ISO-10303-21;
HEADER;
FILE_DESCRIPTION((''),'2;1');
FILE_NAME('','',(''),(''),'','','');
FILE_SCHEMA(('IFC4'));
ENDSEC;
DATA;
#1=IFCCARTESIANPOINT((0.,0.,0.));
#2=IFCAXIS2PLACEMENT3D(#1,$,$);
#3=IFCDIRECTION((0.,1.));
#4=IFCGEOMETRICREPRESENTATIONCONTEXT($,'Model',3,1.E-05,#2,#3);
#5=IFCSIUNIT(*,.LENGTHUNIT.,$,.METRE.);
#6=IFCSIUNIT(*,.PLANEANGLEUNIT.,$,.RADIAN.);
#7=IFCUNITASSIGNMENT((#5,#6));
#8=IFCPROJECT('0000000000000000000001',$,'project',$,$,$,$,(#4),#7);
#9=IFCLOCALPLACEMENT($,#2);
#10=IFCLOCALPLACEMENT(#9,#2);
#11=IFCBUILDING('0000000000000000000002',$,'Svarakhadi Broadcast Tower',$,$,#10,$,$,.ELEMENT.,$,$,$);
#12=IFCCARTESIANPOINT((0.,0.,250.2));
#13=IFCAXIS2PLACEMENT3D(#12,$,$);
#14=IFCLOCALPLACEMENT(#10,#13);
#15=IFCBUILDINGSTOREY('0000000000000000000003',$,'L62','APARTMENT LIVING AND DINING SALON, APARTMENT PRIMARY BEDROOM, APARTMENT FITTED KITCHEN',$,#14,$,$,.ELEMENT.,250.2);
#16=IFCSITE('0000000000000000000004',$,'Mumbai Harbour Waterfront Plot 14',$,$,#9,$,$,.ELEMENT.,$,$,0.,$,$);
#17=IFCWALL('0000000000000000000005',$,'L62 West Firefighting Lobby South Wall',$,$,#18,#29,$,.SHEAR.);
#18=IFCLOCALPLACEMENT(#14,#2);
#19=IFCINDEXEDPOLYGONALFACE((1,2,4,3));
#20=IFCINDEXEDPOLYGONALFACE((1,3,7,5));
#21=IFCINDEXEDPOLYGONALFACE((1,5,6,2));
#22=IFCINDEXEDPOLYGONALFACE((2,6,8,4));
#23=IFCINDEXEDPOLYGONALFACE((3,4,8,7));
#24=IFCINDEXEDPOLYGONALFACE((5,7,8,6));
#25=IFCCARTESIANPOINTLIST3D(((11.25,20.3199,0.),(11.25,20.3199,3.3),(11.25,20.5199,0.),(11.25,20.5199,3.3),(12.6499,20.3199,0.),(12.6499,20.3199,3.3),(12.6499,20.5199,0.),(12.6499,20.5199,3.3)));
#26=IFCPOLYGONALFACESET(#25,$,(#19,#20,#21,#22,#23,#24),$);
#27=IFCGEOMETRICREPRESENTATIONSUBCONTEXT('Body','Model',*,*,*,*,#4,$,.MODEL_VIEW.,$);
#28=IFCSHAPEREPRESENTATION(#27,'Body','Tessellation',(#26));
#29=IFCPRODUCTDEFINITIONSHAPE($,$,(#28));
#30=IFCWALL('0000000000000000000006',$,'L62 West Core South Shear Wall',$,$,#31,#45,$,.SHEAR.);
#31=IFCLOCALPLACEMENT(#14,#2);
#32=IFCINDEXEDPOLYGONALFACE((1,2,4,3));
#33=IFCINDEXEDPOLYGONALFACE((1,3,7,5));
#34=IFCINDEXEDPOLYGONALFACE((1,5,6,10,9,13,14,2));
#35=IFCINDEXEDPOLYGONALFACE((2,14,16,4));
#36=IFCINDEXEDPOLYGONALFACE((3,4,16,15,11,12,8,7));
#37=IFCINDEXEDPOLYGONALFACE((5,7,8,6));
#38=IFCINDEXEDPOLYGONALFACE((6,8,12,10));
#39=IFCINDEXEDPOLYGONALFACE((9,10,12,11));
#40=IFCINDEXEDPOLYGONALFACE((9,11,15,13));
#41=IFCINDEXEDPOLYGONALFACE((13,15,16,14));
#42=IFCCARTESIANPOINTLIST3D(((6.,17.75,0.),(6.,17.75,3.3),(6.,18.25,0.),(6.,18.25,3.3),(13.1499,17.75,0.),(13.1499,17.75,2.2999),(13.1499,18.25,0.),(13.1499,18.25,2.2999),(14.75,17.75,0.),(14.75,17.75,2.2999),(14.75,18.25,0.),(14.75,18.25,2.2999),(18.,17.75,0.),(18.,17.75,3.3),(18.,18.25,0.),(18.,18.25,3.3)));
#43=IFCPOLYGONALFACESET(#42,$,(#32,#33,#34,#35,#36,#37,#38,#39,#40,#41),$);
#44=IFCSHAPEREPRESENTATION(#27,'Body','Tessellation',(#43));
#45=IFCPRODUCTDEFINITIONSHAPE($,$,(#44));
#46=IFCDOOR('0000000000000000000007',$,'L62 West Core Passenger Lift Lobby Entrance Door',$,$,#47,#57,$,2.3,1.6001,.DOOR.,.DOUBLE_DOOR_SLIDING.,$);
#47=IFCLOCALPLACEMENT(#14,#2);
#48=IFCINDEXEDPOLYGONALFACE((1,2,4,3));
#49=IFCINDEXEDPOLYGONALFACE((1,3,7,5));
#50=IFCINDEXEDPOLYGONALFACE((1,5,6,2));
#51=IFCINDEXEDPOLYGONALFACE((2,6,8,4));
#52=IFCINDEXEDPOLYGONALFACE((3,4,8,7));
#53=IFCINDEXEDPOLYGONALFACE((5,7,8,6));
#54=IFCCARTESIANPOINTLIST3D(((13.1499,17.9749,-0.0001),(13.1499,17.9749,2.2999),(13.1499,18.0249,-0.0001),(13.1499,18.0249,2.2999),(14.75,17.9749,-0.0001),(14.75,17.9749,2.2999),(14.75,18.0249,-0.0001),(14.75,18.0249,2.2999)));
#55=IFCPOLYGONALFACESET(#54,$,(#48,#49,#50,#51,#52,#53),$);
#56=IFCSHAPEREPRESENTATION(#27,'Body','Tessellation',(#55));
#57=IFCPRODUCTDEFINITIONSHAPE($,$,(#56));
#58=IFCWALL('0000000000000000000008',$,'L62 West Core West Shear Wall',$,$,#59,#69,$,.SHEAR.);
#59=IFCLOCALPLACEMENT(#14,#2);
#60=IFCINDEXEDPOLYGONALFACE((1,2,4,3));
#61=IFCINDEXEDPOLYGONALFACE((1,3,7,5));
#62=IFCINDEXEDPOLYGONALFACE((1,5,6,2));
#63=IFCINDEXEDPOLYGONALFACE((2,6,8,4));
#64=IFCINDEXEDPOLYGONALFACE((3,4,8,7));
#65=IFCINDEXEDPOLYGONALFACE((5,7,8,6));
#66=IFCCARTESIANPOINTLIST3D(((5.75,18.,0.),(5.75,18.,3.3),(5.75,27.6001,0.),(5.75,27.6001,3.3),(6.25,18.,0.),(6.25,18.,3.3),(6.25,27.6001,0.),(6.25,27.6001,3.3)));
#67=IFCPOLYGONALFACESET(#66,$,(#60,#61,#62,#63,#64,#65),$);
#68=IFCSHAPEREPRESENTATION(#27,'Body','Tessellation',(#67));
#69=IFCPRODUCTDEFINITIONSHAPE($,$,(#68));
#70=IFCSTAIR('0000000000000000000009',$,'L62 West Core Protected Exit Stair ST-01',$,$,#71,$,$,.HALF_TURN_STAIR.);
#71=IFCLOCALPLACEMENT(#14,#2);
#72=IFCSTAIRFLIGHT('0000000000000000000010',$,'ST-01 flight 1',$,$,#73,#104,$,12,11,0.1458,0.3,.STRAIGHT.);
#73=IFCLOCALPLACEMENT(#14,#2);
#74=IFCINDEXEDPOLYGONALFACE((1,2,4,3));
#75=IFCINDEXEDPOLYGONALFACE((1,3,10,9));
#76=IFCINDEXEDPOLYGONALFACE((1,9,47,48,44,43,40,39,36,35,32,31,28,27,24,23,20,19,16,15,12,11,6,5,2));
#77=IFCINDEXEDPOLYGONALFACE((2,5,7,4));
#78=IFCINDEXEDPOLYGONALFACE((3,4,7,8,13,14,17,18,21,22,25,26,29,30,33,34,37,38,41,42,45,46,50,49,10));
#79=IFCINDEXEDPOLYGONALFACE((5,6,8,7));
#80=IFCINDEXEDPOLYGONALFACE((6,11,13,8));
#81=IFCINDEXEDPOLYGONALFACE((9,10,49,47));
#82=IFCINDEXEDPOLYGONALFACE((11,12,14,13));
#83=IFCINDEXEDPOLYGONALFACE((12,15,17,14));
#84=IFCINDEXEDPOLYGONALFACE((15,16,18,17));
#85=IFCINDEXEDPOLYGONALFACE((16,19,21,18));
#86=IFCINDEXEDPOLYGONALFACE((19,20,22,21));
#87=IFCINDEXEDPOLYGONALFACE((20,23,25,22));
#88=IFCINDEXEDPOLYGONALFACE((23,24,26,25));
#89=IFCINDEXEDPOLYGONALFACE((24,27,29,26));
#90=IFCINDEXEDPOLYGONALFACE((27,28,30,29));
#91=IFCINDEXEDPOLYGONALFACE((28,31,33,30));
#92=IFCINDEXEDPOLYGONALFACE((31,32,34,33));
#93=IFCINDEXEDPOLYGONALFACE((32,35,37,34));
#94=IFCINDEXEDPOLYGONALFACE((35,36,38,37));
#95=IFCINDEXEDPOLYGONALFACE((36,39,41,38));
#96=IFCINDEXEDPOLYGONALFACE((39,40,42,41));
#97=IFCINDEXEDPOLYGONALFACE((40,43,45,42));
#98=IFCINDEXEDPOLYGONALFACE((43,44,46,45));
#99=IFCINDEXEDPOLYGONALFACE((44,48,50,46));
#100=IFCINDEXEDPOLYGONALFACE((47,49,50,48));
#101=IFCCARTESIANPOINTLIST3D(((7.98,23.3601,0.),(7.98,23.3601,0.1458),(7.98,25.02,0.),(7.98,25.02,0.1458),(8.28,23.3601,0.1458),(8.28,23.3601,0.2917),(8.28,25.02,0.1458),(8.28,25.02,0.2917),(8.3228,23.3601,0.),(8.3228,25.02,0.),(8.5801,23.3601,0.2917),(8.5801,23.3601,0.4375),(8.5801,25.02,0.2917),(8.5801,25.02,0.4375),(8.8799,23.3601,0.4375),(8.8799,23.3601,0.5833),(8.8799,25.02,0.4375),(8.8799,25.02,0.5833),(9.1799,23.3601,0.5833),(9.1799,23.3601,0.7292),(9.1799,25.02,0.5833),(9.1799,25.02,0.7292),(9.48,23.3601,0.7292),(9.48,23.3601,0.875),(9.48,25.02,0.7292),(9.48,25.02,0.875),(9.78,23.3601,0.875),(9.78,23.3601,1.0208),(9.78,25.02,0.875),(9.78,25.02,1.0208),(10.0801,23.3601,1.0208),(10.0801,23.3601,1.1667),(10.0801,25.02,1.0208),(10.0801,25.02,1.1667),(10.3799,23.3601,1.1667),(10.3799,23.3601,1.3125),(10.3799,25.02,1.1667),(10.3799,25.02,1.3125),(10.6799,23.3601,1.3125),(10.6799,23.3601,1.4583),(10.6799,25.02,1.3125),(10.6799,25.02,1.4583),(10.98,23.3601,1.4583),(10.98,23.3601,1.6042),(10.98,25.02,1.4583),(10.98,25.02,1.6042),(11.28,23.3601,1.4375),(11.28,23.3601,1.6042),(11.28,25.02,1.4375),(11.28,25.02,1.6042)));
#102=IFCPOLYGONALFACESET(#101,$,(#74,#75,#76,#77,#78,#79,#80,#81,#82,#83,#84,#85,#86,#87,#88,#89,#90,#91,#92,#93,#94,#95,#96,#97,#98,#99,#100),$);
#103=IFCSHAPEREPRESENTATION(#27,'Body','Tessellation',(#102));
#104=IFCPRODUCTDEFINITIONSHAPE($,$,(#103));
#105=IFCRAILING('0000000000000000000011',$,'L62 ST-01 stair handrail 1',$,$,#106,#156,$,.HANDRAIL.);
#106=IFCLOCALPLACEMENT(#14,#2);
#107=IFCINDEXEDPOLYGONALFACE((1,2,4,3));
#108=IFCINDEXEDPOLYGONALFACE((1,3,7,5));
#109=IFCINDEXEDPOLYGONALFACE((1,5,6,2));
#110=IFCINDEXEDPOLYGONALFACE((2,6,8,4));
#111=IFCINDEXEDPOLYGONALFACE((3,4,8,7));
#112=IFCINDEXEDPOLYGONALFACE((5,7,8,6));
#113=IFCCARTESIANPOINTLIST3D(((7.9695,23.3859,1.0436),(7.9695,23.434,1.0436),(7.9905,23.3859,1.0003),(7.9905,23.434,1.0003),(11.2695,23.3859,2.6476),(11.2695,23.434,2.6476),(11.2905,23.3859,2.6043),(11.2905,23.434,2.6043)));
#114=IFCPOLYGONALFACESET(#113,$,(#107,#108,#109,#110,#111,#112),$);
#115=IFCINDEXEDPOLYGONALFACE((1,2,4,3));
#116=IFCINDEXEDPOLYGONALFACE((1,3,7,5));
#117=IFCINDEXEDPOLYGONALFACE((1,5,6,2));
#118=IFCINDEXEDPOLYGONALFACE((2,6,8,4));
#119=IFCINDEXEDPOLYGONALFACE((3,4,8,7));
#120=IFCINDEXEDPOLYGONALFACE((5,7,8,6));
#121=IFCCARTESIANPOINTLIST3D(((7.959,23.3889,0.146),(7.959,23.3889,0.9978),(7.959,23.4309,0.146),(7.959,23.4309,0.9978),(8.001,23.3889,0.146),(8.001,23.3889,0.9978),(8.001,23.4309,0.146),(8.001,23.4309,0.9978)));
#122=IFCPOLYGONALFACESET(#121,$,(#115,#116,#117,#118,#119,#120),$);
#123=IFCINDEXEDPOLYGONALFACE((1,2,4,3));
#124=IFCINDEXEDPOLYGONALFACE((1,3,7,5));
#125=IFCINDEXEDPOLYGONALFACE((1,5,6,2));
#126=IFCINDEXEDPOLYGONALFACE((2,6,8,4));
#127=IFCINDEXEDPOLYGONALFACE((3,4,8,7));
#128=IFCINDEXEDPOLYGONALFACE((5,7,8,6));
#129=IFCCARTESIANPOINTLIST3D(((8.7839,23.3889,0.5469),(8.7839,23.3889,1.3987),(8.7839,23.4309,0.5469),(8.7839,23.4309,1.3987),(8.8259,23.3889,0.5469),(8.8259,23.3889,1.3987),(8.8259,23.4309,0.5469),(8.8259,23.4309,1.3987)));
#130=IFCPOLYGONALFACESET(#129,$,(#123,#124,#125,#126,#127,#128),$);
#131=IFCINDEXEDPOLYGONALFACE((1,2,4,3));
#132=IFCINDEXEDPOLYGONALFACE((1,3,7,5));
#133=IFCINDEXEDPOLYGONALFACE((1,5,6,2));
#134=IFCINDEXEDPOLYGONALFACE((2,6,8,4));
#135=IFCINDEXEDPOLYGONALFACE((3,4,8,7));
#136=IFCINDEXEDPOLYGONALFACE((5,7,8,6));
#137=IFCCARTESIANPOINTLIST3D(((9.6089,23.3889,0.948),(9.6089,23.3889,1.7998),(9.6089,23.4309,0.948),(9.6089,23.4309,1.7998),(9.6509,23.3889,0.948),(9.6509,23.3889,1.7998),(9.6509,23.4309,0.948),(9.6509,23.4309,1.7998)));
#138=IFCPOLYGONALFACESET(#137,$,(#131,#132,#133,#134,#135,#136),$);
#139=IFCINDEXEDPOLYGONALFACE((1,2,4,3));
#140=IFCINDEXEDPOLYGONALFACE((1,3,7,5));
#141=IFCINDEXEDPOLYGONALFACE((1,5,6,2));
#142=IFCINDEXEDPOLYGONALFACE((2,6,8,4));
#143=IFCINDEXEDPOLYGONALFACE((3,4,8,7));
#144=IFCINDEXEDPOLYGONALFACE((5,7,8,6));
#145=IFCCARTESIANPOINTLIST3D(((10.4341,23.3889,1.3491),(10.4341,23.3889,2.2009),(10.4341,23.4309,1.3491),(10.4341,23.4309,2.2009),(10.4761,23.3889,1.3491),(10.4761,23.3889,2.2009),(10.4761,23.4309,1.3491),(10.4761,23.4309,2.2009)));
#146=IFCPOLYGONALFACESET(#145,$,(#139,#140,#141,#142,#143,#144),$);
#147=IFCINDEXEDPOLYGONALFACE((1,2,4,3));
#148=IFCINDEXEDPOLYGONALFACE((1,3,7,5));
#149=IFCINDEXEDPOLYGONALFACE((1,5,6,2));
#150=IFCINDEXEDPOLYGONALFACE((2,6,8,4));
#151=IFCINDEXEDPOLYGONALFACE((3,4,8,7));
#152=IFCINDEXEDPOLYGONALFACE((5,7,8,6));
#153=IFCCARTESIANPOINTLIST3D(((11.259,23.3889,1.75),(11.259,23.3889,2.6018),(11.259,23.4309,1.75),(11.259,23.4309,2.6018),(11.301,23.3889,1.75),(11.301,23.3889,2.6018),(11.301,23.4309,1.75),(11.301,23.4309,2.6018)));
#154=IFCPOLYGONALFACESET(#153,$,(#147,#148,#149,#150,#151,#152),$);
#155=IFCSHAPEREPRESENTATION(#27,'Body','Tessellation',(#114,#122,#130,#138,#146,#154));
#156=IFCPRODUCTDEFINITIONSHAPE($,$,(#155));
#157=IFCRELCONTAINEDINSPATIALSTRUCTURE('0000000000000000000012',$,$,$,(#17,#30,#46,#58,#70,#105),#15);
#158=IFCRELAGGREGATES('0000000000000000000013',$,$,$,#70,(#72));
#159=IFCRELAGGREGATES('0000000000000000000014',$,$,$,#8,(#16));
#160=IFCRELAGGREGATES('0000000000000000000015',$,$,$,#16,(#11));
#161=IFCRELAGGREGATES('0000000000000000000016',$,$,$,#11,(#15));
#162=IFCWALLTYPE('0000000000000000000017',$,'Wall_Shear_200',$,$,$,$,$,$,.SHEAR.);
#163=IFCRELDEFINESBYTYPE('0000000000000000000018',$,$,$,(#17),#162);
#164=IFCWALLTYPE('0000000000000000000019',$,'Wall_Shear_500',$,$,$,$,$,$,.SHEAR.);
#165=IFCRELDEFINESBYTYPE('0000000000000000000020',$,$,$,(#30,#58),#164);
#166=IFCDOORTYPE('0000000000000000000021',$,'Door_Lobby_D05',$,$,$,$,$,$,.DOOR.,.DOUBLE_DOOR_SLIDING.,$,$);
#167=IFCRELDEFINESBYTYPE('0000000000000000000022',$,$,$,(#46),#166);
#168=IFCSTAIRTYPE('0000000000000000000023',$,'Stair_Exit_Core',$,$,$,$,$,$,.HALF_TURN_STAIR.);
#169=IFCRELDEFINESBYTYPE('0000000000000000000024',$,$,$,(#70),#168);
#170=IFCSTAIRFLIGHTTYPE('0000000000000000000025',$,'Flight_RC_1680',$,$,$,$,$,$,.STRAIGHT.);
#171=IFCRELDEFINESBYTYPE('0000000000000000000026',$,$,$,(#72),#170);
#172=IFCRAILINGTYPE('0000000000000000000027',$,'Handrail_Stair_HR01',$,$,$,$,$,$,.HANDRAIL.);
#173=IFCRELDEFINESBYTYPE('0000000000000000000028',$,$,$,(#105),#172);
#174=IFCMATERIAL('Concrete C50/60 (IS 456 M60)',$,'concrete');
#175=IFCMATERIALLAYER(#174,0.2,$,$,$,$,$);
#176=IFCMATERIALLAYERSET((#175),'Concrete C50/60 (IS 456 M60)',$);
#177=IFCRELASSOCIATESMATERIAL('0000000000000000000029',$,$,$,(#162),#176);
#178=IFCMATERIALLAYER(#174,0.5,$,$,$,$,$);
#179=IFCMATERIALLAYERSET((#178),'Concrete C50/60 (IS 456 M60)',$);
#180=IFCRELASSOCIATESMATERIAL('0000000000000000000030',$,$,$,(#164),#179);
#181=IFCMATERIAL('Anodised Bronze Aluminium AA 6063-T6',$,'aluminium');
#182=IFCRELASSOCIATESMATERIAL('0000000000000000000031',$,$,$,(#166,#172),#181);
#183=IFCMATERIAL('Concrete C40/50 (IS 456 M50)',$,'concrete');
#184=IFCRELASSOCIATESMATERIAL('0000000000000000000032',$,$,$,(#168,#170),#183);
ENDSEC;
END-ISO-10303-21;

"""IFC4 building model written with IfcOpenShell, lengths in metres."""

from ifc_helpers import new_model, si_unit, direction, frame, frame_2d, origin, origin_2d, place, context, subcontext, project, spatial, polyline, rectangle, outline, extrude, material, layer, layer_set, type_object, element, fill, aggregate, save


model = new_model("IFC4")

# Units and contexts
model_context = context("Model", 3, precision=1e-05, world=origin(), true_north=direction((0.0, 1.0)))
body_context = subcontext(model_context, "Body", "Model", "MODEL_VIEW")
ifc_project = project(units=[si_unit("LENGTHUNIT", "METRE"), si_unit("PLANEANGLEUNIT", "RADIAN")], contexts=[model_context])

# Site, building, storey
site_placement = place(None, origin())
site = spatial("IfcSite", under=ifc_project, at=site_placement, Name="Mumbai Harbour Waterfront Plot 14", CompositionType="ELEMENT", RefElevation=0.0)
building_placement = place(site_placement, origin())
building = spatial("IfcBuilding", under=site, at=building_placement, Name="Svarakhadi Broadcast Tower", CompositionType="ELEMENT")
storey_placement = place(building_placement, frame((0.0, 0.0, 250.2)))
storey = spatial("IfcBuildingStorey", under=building, at=storey_placement, Name="L62", Description="APARTMENT LIVING AND DINING SALON, APARTMENT PRIMARY BEDROOM, APARTMENT FITTED KITCHEN", CompositionType="ELEMENT", Elevation=250.2)

# Shared definitions
ifc_material_1 = material(Name="Concrete C50/60 (IS 456 M60)", Category="concrete")

# Shared definitions
ifc_material_2 = material(Name="Concrete C40/50 (IS 456 M50)", Category="concrete")

# Shared definitions
ifc_layer_1 = layer(ifc_material_1, 0.2)
ifc_layer_set_1 = layer_set([ifc_layer_1], Name="Concrete C50/60 (IS 456 M60)")
wall_type_1 = type_object("IfcWallType", Name="Wall_Shear_200", PredefinedType="SHEAR", material=ifc_layer_set_1)

# Wall
wall_1_placement = place(storey_placement, frame((11.25, 20.4199, 0.0), z_axis=(0.0, 0.0, 1.0), x_axis=(1.0, 0.0, 0.0)))
element("IfcWall", 1, at=wall_1_placement, inside=storey, type_object=wall_type_1, Name="L62 West Firefighting Lobby South Wall", PredefinedType="SHEAR", context=body_context, shape_type="SweptSolid", body=[
    extrude(rectangle(XDim=1.3999, YDim=0.2, at=frame_2d((0.7, 0.0))), origin(), (0.0, 0.0, 1.0), 3.3),
])

# Wall, opening, door
ifc_layer_2 = layer(ifc_material_1, 0.5)
ifc_layer_set_2 = layer_set([ifc_layer_2], Name="Concrete C50/60 (IS 456 M60)")
wall_type_2 = type_object("IfcWallType", Name="Wall_Shear_500", PredefinedType="SHEAR", material=ifc_layer_set_2)
wall_2_placement = place(storey_placement, frame((6.0, 18.0, 0.0), z_axis=(0.0, 0.0, 1.0), x_axis=(1.0, 0.0, 0.0)))
wall_2 = element("IfcWall", 2, at=wall_2_placement, inside=storey, type_object=wall_type_2, Name="L62 West Core South Shear Wall", PredefinedType="SHEAR", context=body_context, shape_type="SweptSolid", body=[
    extrude(rectangle(XDim=12.0, YDim=0.5, at=frame_2d((6.0, 0.0))), origin(), (0.0, 0.0, 1.0), 3.3),
])
opening_1_placement = place(wall_2_placement, frame((7.1499, 0.0, 0.0)))
opening_1 = element("IfcOpeningElement", 3, at=opening_1_placement, cuts=wall_2, PredefinedType="OPENING", context=body_context, shape_type="SweptSolid", body=[
    extrude(rectangle(XDim=1.6001, YDim=2.3, at=frame_2d((0.8, 1.1499))), frame((0.0, 0.26, 0.0), z_axis=(0.0, -1.0, 0.0), x_axis=(1.0, 0.0, 0.0)), (0.0, 0.0, 1.0), 0.52),
])
ifc_material_3 = material(Name="Anodised Bronze Aluminium AA 6063-T6", Category="aluminium")
door_type_1 = type_object("IfcDoorType", Name="Door_Lobby_D05", OperationType="DOUBLE_DOOR_SLIDING", PredefinedType="DOOR", material=ifc_material_3)
door_1_placement = place(opening_1_placement, origin())
door_1 = element("IfcDoor", 4, at=door_1_placement, inside=storey, type_object=door_type_1, Name="L62 West Core Passenger Lift Lobby Entrance Door", OperationType="DOUBLE_DOOR_SLIDING", OverallHeight=2.3, OverallWidth=1.6001, PredefinedType="DOOR", context=body_context, shape_type="SweptSolid", body=[
    extrude(rectangle(XDim=1.6001, YDim=2.3, at=frame_2d((0.8, 1.1499))), frame((0.0, 0.0249, 0.0), z_axis=(0.0, -1.0, 0.0), x_axis=(1.0, 0.0, 0.0)), (0.0, 0.0, 1.0), 0.05),
])
fill(opening_1, door_1)

# Wall
wall_3_placement = place(storey_placement, frame((6.0, 18.0, 0.0), z_axis=(0.0, 0.0, 1.0), x_axis=(0.0, 1.0, 0.0)))
element("IfcWall", 5, at=wall_3_placement, inside=storey, type_object=wall_type_2, Name="L62 West Core West Shear Wall", PredefinedType="SHEAR", context=body_context, shape_type="SweptSolid", body=[
    extrude(rectangle(XDim=9.6001, YDim=0.5, at=frame_2d((4.8, 0.0))), origin(), (0.0, 0.0, 1.0), 3.3),
])

# Stair, stair flight
stair_type = type_object("IfcStairType", Name="Stair_Exit_Core", PredefinedType="HALF_TURN_STAIR", material=ifc_material_2)
stair_placement = place(storey_placement, origin())
stair = element("IfcStair", 6, at=stair_placement, inside=storey, type_object=stair_type, Name="L62 West Core Protected Exit Stair ST-01", PredefinedType="HALF_TURN_STAIR")
stair_flight_type = type_object("IfcStairFlightType", Name="Flight_RC_1680", PredefinedType="STRAIGHT", material=ifc_material_2)
stair_flight_placement = place(storey_placement, frame((7.98, 24.1899, 0.0), z_axis=(0.0, 0.0, 1.0), x_axis=(1.0, 0.0, 0.0)))
stair_flight = element("IfcStairFlight", 7, at=stair_flight_placement, type_object=stair_flight_type, Name="ST-01 flight 1", NumberOfRisers=12, NumberOfTreads=11, PredefinedType="STRAIGHT", RiserHeight=0.1458, TreadLength=0.3, context=body_context, shape_type="SweptSolid", body=[
    extrude(outline(polyline([(0.0, 0.0), (0.0, 0.1458), (0.3, 0.1458), (0.3, 0.2917), (0.6001, 0.2917), (0.6001, 0.4375), (0.8999, 0.4375), (0.8999, 0.5833), (1.2, 0.5833), (1.2, 0.7292), (1.5, 0.7292), (1.5, 0.875), (1.8, 0.875), (1.8, 1.0208), (2.1001, 1.0208), (2.1001, 1.1667), (2.3999, 1.1667), (2.3999, 1.3125), (2.7, 1.3125), (2.7, 1.4583), (3.0, 1.4583), (3.0, 1.6042), (3.3, 1.6042), (3.3, 1.75), (3.3, 1.4375), (0.3428, 0.0), (0.0, 0.0)])), frame((0.0, 0.8301, 0.0), z_axis=(0.0, -1.0, 0.0), x_axis=(1.0, 0.0, 0.0)), (0.0, 0.0, 1.0), 1.6599),
])
aggregate(stair, [stair_flight])

# Railing
railing_type = type_object("IfcRailingType", Name="Handrail_Stair_HR01", PredefinedType="HANDRAIL", material=ifc_material_3)
railing_placement = place(storey_placement, frame((7.98, 23.4099, 0.146)))
element("IfcRailing", 8, at=railing_placement, inside=storey, type_object=railing_type, Name="L62 ST-01 stair handrail 1", PredefinedType="HANDRAIL", context=body_context, shape_type="SweptSolid", body=[
    extrude(rectangle(XDim=0.0481, YDim=0.0481, at=origin_2d()), frame((0.0, 0.0, 0.876), z_axis=(0.899388, 0.0, 0.437152), x_axis=(0.0, 1.0, 0.0)), (0.0, 0.0, 1.0), 3.6692),
    extrude(rectangle(XDim=0.042, YDim=0.042, at=origin_2d()), origin(), (0.0, 0.0, 1.0), 0.8518),
    extrude(rectangle(XDim=0.042, YDim=0.042, at=origin_2d()), frame((0.825, 0.0, 0.4009)), (0.0, 0.0, 1.0), 0.8518),
    extrude(rectangle(XDim=0.042, YDim=0.042, at=origin_2d()), frame((1.6499, 0.0, 0.802)), (0.0, 0.0, 1.0), 0.8518),
    extrude(rectangle(XDim=0.042, YDim=0.042, at=origin_2d()), frame((2.4751, 0.0, 1.2031)), (0.0, 0.0, 1.0), 0.8518),
    extrude(rectangle(XDim=0.042, YDim=0.042, at=origin_2d()), frame((3.3, 0.0, 1.604)), (0.0, 0.0, 1.0), 0.8518),
])

save(model, "model.ifc")
